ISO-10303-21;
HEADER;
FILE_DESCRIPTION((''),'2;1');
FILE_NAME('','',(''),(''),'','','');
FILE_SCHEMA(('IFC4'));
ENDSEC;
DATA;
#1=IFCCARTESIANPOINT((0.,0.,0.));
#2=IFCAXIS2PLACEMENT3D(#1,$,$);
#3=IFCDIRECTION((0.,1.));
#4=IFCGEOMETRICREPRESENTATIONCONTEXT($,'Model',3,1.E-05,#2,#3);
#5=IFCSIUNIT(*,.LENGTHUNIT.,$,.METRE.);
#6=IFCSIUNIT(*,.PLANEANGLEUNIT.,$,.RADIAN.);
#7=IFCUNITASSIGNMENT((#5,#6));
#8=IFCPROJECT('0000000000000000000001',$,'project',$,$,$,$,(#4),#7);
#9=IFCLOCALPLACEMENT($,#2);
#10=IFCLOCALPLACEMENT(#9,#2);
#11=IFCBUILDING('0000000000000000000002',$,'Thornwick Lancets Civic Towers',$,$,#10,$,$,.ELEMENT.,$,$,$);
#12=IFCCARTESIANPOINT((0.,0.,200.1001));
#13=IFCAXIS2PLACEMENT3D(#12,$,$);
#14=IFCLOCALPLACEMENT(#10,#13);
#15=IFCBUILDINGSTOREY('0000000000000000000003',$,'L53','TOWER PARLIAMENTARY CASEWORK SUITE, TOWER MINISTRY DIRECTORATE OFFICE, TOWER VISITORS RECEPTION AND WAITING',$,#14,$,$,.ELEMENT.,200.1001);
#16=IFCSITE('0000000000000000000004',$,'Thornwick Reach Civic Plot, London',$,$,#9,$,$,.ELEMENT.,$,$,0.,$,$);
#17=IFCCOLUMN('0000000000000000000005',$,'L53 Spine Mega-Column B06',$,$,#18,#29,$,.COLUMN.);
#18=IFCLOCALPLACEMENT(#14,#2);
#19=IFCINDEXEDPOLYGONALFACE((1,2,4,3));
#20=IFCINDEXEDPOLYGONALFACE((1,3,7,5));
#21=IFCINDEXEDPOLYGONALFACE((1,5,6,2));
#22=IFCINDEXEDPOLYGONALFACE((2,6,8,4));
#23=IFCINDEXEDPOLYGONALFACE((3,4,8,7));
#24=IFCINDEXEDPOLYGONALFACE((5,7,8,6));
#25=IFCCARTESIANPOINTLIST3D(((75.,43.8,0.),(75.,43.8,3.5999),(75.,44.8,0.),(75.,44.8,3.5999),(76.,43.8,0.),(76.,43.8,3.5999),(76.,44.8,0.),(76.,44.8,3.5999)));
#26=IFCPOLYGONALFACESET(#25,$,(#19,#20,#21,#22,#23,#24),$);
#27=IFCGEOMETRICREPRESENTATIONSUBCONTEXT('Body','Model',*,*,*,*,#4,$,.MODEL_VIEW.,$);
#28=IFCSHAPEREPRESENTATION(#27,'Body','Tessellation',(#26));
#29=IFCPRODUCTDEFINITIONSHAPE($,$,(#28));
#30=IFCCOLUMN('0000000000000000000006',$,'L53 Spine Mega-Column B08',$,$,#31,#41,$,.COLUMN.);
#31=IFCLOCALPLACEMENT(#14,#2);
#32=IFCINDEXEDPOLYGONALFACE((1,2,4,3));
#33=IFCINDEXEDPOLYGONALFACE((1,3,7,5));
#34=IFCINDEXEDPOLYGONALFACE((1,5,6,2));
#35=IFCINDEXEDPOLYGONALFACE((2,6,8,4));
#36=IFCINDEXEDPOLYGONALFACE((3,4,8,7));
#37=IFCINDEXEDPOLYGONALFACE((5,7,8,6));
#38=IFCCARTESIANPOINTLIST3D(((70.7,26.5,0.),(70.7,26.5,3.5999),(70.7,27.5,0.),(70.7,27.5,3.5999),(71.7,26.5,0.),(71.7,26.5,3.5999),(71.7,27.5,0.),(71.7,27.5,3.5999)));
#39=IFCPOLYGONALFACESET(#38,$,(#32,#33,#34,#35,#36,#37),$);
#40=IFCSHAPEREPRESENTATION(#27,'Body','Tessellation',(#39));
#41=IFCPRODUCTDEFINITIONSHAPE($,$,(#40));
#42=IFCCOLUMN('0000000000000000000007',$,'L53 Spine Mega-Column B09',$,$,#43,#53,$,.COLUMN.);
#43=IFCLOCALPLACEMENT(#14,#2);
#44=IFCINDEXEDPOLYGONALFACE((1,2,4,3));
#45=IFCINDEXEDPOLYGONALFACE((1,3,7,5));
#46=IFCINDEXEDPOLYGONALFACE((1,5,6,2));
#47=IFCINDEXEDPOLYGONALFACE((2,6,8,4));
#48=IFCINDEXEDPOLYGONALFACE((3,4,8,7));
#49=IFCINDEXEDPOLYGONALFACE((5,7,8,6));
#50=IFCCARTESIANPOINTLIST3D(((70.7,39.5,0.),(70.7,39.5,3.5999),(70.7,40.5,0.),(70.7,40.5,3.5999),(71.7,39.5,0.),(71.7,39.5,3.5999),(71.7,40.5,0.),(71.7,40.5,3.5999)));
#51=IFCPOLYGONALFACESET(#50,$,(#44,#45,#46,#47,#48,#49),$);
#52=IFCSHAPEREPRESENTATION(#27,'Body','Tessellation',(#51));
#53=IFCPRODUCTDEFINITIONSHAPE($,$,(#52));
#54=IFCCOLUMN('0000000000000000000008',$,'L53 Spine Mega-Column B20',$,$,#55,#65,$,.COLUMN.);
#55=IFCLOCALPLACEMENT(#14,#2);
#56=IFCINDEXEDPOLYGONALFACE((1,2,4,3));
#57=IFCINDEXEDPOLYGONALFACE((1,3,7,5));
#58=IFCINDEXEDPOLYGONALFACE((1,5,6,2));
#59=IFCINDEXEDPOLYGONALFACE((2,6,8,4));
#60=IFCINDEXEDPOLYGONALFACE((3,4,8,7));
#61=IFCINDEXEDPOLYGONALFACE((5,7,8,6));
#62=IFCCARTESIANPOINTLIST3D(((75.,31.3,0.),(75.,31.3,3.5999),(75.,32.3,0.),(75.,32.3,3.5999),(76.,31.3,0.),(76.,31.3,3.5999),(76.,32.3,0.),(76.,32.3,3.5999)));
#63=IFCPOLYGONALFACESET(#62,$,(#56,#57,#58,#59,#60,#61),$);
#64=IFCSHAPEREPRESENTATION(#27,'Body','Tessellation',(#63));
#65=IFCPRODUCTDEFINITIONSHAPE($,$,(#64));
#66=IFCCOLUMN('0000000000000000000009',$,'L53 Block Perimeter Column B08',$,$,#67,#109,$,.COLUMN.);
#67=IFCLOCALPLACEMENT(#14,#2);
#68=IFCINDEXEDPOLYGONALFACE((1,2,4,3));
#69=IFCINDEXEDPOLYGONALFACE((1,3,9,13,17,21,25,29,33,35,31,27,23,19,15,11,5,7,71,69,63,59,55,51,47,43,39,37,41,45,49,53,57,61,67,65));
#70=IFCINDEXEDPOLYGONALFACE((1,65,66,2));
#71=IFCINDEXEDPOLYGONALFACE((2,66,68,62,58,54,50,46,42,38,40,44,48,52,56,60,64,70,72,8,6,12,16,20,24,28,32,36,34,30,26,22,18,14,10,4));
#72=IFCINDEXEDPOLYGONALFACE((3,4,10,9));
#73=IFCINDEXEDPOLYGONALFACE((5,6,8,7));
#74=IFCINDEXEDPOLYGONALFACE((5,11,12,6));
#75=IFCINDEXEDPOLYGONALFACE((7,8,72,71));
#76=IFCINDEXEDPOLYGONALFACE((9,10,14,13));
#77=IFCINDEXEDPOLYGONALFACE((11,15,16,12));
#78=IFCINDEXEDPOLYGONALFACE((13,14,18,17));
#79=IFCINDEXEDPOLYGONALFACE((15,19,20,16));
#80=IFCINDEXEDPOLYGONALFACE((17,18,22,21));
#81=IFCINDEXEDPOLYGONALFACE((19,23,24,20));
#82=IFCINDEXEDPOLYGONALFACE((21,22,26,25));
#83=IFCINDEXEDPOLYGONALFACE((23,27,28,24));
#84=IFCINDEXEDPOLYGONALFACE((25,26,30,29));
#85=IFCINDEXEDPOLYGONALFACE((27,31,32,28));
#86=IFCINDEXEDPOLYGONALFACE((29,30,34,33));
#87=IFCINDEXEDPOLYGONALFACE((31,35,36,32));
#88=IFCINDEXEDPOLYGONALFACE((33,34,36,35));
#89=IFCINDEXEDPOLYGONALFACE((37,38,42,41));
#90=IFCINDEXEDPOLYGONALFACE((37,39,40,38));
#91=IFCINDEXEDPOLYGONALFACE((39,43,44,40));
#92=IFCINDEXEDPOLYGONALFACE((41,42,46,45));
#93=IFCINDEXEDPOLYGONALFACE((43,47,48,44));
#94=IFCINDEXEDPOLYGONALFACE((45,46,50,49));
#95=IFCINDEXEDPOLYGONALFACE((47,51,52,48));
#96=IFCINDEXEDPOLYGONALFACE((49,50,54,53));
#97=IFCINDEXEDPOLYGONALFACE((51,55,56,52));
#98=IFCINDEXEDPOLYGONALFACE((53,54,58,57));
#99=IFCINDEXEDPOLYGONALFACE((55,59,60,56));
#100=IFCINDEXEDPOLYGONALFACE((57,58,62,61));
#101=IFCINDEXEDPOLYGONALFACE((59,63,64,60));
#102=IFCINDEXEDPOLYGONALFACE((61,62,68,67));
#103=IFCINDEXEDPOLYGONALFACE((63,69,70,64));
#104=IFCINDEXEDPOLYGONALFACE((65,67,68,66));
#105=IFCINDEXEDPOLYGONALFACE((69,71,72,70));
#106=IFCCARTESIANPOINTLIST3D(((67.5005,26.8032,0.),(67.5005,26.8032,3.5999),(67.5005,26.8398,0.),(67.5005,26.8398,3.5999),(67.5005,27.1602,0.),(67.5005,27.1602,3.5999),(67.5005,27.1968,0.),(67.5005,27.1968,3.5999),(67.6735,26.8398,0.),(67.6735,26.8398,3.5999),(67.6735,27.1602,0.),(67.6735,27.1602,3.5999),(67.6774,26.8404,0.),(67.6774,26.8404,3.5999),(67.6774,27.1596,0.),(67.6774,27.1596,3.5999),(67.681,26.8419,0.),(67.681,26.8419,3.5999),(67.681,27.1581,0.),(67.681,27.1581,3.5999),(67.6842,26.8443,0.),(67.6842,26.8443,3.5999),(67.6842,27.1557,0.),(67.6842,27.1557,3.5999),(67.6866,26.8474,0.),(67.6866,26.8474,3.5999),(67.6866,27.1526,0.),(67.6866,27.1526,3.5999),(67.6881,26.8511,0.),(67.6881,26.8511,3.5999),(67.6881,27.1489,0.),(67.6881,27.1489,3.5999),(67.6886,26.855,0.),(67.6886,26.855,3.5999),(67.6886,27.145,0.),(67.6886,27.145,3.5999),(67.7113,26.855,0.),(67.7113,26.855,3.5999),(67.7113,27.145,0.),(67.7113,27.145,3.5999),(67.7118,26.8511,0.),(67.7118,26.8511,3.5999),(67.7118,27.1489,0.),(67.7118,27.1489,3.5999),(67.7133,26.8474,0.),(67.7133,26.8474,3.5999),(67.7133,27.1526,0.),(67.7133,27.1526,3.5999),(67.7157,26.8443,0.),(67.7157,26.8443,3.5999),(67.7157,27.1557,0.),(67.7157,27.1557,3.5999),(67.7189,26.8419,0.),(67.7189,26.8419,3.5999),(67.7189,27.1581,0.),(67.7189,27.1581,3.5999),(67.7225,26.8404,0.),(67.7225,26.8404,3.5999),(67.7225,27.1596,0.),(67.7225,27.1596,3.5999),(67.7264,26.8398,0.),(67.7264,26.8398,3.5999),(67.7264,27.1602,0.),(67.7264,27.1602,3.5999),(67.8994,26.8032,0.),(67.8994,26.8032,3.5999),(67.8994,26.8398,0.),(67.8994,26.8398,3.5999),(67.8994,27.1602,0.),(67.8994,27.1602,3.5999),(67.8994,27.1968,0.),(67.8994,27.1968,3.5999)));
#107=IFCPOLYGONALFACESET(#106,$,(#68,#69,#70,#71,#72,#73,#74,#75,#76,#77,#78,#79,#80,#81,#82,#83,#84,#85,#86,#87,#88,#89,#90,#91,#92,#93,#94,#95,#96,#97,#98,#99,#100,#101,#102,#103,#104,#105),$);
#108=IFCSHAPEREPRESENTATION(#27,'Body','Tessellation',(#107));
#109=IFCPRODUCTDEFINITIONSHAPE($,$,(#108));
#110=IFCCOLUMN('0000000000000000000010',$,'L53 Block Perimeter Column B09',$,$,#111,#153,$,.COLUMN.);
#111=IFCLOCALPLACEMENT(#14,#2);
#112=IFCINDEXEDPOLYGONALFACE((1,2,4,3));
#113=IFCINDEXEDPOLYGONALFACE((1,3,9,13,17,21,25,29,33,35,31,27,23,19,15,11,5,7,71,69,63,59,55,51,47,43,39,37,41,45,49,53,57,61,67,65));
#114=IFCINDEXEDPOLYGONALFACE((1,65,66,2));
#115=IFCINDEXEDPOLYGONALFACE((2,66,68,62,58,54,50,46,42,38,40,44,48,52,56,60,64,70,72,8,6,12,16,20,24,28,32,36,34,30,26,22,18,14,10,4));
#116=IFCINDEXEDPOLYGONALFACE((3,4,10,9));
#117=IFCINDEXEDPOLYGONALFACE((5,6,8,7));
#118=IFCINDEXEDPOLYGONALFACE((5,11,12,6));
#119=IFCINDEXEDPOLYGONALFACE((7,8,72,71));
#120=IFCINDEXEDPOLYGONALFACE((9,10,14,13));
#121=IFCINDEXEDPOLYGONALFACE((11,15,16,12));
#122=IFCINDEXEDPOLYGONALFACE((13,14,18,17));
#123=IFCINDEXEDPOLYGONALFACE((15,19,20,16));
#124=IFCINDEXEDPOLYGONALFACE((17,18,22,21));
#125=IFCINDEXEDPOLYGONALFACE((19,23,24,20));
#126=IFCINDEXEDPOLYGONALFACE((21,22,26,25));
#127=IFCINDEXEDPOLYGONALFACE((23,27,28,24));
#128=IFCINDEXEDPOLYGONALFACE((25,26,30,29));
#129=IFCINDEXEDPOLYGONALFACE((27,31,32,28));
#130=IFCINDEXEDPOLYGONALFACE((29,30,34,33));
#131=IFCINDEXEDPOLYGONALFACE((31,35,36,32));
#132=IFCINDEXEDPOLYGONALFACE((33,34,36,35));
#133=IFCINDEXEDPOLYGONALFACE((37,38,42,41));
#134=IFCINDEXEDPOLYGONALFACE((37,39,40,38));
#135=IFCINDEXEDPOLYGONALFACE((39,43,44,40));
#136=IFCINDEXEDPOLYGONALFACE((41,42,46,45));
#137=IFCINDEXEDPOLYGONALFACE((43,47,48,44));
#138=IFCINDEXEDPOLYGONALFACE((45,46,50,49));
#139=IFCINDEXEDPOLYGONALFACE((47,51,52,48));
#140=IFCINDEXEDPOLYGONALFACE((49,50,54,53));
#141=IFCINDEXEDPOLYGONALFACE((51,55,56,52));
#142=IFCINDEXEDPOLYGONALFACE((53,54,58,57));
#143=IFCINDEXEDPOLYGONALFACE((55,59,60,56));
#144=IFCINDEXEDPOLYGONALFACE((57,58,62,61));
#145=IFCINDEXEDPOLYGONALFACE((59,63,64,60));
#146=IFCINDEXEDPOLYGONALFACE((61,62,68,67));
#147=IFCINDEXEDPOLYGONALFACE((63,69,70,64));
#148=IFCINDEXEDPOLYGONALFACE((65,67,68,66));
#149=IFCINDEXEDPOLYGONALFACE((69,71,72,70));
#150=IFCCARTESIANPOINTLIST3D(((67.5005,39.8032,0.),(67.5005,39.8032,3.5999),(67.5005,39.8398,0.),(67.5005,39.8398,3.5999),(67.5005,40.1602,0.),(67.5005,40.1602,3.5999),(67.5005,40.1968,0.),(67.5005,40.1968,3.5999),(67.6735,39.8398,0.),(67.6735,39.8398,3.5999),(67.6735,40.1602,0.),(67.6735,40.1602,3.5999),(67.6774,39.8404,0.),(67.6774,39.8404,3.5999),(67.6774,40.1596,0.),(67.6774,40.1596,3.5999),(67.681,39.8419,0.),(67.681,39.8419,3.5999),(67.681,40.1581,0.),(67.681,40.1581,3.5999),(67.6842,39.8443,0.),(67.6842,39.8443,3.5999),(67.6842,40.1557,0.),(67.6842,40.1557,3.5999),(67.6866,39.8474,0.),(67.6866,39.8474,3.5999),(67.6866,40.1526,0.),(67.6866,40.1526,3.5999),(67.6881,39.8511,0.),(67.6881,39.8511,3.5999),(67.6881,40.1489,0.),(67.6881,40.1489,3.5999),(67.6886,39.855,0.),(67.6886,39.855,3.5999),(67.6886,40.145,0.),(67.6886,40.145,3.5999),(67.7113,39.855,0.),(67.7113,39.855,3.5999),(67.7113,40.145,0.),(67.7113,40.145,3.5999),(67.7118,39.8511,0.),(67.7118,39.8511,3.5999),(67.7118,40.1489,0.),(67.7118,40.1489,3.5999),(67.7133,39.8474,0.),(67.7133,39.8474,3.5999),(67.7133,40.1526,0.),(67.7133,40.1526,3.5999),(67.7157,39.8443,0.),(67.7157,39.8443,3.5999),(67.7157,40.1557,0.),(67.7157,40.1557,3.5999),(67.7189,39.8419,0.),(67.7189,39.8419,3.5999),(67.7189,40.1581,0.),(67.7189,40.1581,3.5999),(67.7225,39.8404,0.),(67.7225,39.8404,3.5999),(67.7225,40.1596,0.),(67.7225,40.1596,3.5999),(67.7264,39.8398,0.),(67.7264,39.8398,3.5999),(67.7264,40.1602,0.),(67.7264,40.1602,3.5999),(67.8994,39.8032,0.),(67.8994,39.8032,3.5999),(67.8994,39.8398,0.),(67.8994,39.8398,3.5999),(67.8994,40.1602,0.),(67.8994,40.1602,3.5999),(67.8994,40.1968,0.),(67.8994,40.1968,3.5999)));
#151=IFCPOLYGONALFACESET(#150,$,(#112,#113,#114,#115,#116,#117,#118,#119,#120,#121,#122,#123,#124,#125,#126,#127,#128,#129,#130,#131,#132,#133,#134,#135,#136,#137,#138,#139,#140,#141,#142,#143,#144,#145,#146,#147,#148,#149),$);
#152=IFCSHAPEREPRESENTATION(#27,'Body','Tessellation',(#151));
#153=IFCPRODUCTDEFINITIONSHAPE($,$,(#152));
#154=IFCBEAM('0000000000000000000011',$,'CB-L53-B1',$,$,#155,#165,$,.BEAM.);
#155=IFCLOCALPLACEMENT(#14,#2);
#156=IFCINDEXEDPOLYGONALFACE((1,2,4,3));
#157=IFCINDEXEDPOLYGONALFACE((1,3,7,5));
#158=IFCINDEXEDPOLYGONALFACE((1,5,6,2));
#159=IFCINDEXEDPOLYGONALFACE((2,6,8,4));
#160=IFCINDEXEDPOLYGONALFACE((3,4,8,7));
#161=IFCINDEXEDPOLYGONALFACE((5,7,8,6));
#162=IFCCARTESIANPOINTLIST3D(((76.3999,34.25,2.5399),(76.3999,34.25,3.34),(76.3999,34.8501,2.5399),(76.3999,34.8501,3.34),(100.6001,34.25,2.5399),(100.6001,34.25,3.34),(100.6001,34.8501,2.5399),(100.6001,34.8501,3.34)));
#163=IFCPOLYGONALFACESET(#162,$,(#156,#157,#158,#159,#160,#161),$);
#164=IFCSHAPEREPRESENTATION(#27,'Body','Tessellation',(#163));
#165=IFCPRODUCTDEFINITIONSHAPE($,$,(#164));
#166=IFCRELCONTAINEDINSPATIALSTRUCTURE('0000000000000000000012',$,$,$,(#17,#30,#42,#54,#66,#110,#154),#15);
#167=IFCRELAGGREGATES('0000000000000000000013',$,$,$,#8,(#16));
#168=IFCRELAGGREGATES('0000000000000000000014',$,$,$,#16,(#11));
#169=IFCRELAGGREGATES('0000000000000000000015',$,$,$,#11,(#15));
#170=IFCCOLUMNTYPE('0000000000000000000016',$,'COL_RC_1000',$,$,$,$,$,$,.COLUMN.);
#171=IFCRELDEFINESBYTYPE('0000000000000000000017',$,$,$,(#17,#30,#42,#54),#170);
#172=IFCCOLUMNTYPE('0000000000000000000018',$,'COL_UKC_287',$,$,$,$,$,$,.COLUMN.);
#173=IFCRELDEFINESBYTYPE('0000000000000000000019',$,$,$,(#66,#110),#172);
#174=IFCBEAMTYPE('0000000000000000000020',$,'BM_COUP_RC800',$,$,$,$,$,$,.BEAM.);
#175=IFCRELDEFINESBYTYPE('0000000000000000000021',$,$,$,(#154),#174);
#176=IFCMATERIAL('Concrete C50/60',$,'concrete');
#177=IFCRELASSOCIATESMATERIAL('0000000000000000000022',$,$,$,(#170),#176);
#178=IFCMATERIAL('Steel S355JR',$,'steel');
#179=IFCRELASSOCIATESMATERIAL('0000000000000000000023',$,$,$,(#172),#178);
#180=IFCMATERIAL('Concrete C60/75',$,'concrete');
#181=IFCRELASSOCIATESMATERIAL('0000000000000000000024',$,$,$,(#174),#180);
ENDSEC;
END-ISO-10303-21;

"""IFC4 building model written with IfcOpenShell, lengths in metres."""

from ifc_helpers import new_model, si_unit, direction, frame, origin, origin_2d, place, context, subcontext, project, spatial, rectangle, i_section, extrude, material, material_profile, profile_set, type_object, element, save


model = new_model("IFC4")

# Units and contexts
model_context = context("Model", 3, precision=1e-05, world=origin(), true_north=direction((0.0, 1.0)))
body_context = subcontext(model_context, "Body", "Model", "MODEL_VIEW")
ifc_project = project(units=[si_unit("LENGTHUNIT", "METRE"), si_unit("PLANEANGLEUNIT", "RADIAN")], contexts=[model_context])

# Site, building, storey
site_placement = place(None, origin())
site = spatial("IfcSite", under=ifc_project, at=site_placement, Name="Thornwick Reach Civic Plot, London", CompositionType="ELEMENT", RefElevation=0.0)
building_placement = place(site_placement, origin())
building = spatial("IfcBuilding", under=site, at=building_placement, Name="Thornwick Lancets Civic Towers", CompositionType="ELEMENT")
storey_placement = place(building_placement, frame((0.0, 0.0, 200.1001)))
storey = spatial("IfcBuildingStorey", under=building, at=storey_placement, Name="L53", Description="TOWER PARLIAMENTARY CASEWORK SUITE, TOWER MINISTRY DIRECTORATE OFFICE, TOWER VISITORS RECEPTION AND WAITING", CompositionType="ELEMENT", Elevation=200.1001)

# Columns
ifc_material_1 = material(Name="Concrete C50/60", Category="concrete")
ifc_material_profile_1 = material_profile(ifc_material_1, rectangle(XDim=1.0, YDim=1.0, at=origin_2d()), Name="RC 1000x1000")
ifc_profile_set_1 = profile_set([ifc_material_profile_1], Name="Concrete C50/60")
column_type_1 = type_object("IfcColumnType", Name="COL_RC_1000", PredefinedType="COLUMN", material=ifc_profile_set_1)
for number, where, z_axis, x_axis, name in (
    (1, (75.5, 44.3, 0.0), (0.0, 0.0, 1.0), (1.0, 0.0, 0.0), "L53 Spine Mega-Column B06"),
    (2, (71.2, 27.0, 0.0), (0.0, 0.0, 1.0), (1.0, 0.0, 0.0), "L53 Spine Mega-Column B08"),
    (3, (71.2, 40.0, 0.0), (0.0, 0.0, 1.0), (1.0, 0.0, 0.0), "L53 Spine Mega-Column B09"),
    (4, (75.5, 31.8, 0.0), (0.0, 0.0, 1.0), (1.0, 0.0, 0.0), "L53 Spine Mega-Column B20"),
):
    element("IfcColumn", number, at=place(storey_placement, frame(where, z_axis=z_axis, x_axis=x_axis)), inside=storey, type_object=column_type_1, Name=name, PredefinedType="COLUMN", context=body_context, shape_type="SweptSolid", body=[
        extrude(rectangle(XDim=1.0, YDim=1.0, at=origin_2d()), origin(), (0.0, 0.0, 1.0), 3.5999),
    ])
ifc_material_2 = material(Name="Steel S355JR", Category="steel")
ifc_material_profile_2 = material_profile(ifc_material_2, i_section(OverallWidth=0.3989, OverallDepth=0.3936, WebThickness=0.0227, FlangeThickness=0.0366, FilletRadius=0.0151, at=origin_2d()), Name="UKC 356x406x287")
ifc_profile_set_2 = profile_set([ifc_material_profile_2], Name="Steel S355JR")
column_type_2 = type_object("IfcColumnType", Name="COL_UKC_287", PredefinedType="COLUMN", material=ifc_profile_set_2)
for number, where, z_axis, x_axis, name in (
    (5, (67.7, 27.0, 0.0), (0.0, 0.0, 1.0), (1.0, 0.0, 0.0), "L53 Block Perimeter Column B08"),
    (6, (67.7, 40.0, 0.0), (0.0, 0.0, 1.0), (1.0, 0.0, 0.0), "L53 Block Perimeter Column B09"),
):
    element("IfcColumn", number, at=place(storey_placement, frame(where, z_axis=z_axis, x_axis=x_axis)), inside=storey, type_object=column_type_2, Name=name, PredefinedType="COLUMN", context=body_context, shape_type="SweptSolid", body=[
        extrude(i_section(OverallWidth=0.3989, OverallDepth=0.3936, WebThickness=0.0227, FlangeThickness=0.0366, FilletRadius=0.0151, at=origin_2d()), origin(), (0.0, 0.0, 1.0), 3.5999),
    ])

# Beam
ifc_material_3 = material(Name="Concrete C60/75", Category="concrete")
ifc_material_profile_3 = material_profile(ifc_material_3, rectangle(XDim=0.6001, YDim=0.8, at=origin_2d()), Name="RC 600x800")
ifc_profile_set_3 = profile_set([ifc_material_profile_3], Name="Concrete C60/75")
beam_type_1 = type_object("IfcBeamType", Name="BM_COUP_RC800", PredefinedType="BEAM", material=ifc_profile_set_3)
beam_1_placement = place(storey_placement, frame((76.3999, 34.55, 2.9399), z_axis=(1.0, 0.0, 0.0), x_axis=(0.0, 1.0, 0.0)))
element("IfcBeam", 7, at=beam_1_placement, inside=storey, type_object=beam_type_1, Name="CB-L53-B1", PredefinedType="BEAM", context=body_context, shape_type="SweptSolid", body=[
    extrude(rectangle(XDim=0.6001, YDim=0.8, at=origin_2d()), origin(), (0.0, 0.0, 1.0), 24.2002),
])

save(model, "model.ifc")
